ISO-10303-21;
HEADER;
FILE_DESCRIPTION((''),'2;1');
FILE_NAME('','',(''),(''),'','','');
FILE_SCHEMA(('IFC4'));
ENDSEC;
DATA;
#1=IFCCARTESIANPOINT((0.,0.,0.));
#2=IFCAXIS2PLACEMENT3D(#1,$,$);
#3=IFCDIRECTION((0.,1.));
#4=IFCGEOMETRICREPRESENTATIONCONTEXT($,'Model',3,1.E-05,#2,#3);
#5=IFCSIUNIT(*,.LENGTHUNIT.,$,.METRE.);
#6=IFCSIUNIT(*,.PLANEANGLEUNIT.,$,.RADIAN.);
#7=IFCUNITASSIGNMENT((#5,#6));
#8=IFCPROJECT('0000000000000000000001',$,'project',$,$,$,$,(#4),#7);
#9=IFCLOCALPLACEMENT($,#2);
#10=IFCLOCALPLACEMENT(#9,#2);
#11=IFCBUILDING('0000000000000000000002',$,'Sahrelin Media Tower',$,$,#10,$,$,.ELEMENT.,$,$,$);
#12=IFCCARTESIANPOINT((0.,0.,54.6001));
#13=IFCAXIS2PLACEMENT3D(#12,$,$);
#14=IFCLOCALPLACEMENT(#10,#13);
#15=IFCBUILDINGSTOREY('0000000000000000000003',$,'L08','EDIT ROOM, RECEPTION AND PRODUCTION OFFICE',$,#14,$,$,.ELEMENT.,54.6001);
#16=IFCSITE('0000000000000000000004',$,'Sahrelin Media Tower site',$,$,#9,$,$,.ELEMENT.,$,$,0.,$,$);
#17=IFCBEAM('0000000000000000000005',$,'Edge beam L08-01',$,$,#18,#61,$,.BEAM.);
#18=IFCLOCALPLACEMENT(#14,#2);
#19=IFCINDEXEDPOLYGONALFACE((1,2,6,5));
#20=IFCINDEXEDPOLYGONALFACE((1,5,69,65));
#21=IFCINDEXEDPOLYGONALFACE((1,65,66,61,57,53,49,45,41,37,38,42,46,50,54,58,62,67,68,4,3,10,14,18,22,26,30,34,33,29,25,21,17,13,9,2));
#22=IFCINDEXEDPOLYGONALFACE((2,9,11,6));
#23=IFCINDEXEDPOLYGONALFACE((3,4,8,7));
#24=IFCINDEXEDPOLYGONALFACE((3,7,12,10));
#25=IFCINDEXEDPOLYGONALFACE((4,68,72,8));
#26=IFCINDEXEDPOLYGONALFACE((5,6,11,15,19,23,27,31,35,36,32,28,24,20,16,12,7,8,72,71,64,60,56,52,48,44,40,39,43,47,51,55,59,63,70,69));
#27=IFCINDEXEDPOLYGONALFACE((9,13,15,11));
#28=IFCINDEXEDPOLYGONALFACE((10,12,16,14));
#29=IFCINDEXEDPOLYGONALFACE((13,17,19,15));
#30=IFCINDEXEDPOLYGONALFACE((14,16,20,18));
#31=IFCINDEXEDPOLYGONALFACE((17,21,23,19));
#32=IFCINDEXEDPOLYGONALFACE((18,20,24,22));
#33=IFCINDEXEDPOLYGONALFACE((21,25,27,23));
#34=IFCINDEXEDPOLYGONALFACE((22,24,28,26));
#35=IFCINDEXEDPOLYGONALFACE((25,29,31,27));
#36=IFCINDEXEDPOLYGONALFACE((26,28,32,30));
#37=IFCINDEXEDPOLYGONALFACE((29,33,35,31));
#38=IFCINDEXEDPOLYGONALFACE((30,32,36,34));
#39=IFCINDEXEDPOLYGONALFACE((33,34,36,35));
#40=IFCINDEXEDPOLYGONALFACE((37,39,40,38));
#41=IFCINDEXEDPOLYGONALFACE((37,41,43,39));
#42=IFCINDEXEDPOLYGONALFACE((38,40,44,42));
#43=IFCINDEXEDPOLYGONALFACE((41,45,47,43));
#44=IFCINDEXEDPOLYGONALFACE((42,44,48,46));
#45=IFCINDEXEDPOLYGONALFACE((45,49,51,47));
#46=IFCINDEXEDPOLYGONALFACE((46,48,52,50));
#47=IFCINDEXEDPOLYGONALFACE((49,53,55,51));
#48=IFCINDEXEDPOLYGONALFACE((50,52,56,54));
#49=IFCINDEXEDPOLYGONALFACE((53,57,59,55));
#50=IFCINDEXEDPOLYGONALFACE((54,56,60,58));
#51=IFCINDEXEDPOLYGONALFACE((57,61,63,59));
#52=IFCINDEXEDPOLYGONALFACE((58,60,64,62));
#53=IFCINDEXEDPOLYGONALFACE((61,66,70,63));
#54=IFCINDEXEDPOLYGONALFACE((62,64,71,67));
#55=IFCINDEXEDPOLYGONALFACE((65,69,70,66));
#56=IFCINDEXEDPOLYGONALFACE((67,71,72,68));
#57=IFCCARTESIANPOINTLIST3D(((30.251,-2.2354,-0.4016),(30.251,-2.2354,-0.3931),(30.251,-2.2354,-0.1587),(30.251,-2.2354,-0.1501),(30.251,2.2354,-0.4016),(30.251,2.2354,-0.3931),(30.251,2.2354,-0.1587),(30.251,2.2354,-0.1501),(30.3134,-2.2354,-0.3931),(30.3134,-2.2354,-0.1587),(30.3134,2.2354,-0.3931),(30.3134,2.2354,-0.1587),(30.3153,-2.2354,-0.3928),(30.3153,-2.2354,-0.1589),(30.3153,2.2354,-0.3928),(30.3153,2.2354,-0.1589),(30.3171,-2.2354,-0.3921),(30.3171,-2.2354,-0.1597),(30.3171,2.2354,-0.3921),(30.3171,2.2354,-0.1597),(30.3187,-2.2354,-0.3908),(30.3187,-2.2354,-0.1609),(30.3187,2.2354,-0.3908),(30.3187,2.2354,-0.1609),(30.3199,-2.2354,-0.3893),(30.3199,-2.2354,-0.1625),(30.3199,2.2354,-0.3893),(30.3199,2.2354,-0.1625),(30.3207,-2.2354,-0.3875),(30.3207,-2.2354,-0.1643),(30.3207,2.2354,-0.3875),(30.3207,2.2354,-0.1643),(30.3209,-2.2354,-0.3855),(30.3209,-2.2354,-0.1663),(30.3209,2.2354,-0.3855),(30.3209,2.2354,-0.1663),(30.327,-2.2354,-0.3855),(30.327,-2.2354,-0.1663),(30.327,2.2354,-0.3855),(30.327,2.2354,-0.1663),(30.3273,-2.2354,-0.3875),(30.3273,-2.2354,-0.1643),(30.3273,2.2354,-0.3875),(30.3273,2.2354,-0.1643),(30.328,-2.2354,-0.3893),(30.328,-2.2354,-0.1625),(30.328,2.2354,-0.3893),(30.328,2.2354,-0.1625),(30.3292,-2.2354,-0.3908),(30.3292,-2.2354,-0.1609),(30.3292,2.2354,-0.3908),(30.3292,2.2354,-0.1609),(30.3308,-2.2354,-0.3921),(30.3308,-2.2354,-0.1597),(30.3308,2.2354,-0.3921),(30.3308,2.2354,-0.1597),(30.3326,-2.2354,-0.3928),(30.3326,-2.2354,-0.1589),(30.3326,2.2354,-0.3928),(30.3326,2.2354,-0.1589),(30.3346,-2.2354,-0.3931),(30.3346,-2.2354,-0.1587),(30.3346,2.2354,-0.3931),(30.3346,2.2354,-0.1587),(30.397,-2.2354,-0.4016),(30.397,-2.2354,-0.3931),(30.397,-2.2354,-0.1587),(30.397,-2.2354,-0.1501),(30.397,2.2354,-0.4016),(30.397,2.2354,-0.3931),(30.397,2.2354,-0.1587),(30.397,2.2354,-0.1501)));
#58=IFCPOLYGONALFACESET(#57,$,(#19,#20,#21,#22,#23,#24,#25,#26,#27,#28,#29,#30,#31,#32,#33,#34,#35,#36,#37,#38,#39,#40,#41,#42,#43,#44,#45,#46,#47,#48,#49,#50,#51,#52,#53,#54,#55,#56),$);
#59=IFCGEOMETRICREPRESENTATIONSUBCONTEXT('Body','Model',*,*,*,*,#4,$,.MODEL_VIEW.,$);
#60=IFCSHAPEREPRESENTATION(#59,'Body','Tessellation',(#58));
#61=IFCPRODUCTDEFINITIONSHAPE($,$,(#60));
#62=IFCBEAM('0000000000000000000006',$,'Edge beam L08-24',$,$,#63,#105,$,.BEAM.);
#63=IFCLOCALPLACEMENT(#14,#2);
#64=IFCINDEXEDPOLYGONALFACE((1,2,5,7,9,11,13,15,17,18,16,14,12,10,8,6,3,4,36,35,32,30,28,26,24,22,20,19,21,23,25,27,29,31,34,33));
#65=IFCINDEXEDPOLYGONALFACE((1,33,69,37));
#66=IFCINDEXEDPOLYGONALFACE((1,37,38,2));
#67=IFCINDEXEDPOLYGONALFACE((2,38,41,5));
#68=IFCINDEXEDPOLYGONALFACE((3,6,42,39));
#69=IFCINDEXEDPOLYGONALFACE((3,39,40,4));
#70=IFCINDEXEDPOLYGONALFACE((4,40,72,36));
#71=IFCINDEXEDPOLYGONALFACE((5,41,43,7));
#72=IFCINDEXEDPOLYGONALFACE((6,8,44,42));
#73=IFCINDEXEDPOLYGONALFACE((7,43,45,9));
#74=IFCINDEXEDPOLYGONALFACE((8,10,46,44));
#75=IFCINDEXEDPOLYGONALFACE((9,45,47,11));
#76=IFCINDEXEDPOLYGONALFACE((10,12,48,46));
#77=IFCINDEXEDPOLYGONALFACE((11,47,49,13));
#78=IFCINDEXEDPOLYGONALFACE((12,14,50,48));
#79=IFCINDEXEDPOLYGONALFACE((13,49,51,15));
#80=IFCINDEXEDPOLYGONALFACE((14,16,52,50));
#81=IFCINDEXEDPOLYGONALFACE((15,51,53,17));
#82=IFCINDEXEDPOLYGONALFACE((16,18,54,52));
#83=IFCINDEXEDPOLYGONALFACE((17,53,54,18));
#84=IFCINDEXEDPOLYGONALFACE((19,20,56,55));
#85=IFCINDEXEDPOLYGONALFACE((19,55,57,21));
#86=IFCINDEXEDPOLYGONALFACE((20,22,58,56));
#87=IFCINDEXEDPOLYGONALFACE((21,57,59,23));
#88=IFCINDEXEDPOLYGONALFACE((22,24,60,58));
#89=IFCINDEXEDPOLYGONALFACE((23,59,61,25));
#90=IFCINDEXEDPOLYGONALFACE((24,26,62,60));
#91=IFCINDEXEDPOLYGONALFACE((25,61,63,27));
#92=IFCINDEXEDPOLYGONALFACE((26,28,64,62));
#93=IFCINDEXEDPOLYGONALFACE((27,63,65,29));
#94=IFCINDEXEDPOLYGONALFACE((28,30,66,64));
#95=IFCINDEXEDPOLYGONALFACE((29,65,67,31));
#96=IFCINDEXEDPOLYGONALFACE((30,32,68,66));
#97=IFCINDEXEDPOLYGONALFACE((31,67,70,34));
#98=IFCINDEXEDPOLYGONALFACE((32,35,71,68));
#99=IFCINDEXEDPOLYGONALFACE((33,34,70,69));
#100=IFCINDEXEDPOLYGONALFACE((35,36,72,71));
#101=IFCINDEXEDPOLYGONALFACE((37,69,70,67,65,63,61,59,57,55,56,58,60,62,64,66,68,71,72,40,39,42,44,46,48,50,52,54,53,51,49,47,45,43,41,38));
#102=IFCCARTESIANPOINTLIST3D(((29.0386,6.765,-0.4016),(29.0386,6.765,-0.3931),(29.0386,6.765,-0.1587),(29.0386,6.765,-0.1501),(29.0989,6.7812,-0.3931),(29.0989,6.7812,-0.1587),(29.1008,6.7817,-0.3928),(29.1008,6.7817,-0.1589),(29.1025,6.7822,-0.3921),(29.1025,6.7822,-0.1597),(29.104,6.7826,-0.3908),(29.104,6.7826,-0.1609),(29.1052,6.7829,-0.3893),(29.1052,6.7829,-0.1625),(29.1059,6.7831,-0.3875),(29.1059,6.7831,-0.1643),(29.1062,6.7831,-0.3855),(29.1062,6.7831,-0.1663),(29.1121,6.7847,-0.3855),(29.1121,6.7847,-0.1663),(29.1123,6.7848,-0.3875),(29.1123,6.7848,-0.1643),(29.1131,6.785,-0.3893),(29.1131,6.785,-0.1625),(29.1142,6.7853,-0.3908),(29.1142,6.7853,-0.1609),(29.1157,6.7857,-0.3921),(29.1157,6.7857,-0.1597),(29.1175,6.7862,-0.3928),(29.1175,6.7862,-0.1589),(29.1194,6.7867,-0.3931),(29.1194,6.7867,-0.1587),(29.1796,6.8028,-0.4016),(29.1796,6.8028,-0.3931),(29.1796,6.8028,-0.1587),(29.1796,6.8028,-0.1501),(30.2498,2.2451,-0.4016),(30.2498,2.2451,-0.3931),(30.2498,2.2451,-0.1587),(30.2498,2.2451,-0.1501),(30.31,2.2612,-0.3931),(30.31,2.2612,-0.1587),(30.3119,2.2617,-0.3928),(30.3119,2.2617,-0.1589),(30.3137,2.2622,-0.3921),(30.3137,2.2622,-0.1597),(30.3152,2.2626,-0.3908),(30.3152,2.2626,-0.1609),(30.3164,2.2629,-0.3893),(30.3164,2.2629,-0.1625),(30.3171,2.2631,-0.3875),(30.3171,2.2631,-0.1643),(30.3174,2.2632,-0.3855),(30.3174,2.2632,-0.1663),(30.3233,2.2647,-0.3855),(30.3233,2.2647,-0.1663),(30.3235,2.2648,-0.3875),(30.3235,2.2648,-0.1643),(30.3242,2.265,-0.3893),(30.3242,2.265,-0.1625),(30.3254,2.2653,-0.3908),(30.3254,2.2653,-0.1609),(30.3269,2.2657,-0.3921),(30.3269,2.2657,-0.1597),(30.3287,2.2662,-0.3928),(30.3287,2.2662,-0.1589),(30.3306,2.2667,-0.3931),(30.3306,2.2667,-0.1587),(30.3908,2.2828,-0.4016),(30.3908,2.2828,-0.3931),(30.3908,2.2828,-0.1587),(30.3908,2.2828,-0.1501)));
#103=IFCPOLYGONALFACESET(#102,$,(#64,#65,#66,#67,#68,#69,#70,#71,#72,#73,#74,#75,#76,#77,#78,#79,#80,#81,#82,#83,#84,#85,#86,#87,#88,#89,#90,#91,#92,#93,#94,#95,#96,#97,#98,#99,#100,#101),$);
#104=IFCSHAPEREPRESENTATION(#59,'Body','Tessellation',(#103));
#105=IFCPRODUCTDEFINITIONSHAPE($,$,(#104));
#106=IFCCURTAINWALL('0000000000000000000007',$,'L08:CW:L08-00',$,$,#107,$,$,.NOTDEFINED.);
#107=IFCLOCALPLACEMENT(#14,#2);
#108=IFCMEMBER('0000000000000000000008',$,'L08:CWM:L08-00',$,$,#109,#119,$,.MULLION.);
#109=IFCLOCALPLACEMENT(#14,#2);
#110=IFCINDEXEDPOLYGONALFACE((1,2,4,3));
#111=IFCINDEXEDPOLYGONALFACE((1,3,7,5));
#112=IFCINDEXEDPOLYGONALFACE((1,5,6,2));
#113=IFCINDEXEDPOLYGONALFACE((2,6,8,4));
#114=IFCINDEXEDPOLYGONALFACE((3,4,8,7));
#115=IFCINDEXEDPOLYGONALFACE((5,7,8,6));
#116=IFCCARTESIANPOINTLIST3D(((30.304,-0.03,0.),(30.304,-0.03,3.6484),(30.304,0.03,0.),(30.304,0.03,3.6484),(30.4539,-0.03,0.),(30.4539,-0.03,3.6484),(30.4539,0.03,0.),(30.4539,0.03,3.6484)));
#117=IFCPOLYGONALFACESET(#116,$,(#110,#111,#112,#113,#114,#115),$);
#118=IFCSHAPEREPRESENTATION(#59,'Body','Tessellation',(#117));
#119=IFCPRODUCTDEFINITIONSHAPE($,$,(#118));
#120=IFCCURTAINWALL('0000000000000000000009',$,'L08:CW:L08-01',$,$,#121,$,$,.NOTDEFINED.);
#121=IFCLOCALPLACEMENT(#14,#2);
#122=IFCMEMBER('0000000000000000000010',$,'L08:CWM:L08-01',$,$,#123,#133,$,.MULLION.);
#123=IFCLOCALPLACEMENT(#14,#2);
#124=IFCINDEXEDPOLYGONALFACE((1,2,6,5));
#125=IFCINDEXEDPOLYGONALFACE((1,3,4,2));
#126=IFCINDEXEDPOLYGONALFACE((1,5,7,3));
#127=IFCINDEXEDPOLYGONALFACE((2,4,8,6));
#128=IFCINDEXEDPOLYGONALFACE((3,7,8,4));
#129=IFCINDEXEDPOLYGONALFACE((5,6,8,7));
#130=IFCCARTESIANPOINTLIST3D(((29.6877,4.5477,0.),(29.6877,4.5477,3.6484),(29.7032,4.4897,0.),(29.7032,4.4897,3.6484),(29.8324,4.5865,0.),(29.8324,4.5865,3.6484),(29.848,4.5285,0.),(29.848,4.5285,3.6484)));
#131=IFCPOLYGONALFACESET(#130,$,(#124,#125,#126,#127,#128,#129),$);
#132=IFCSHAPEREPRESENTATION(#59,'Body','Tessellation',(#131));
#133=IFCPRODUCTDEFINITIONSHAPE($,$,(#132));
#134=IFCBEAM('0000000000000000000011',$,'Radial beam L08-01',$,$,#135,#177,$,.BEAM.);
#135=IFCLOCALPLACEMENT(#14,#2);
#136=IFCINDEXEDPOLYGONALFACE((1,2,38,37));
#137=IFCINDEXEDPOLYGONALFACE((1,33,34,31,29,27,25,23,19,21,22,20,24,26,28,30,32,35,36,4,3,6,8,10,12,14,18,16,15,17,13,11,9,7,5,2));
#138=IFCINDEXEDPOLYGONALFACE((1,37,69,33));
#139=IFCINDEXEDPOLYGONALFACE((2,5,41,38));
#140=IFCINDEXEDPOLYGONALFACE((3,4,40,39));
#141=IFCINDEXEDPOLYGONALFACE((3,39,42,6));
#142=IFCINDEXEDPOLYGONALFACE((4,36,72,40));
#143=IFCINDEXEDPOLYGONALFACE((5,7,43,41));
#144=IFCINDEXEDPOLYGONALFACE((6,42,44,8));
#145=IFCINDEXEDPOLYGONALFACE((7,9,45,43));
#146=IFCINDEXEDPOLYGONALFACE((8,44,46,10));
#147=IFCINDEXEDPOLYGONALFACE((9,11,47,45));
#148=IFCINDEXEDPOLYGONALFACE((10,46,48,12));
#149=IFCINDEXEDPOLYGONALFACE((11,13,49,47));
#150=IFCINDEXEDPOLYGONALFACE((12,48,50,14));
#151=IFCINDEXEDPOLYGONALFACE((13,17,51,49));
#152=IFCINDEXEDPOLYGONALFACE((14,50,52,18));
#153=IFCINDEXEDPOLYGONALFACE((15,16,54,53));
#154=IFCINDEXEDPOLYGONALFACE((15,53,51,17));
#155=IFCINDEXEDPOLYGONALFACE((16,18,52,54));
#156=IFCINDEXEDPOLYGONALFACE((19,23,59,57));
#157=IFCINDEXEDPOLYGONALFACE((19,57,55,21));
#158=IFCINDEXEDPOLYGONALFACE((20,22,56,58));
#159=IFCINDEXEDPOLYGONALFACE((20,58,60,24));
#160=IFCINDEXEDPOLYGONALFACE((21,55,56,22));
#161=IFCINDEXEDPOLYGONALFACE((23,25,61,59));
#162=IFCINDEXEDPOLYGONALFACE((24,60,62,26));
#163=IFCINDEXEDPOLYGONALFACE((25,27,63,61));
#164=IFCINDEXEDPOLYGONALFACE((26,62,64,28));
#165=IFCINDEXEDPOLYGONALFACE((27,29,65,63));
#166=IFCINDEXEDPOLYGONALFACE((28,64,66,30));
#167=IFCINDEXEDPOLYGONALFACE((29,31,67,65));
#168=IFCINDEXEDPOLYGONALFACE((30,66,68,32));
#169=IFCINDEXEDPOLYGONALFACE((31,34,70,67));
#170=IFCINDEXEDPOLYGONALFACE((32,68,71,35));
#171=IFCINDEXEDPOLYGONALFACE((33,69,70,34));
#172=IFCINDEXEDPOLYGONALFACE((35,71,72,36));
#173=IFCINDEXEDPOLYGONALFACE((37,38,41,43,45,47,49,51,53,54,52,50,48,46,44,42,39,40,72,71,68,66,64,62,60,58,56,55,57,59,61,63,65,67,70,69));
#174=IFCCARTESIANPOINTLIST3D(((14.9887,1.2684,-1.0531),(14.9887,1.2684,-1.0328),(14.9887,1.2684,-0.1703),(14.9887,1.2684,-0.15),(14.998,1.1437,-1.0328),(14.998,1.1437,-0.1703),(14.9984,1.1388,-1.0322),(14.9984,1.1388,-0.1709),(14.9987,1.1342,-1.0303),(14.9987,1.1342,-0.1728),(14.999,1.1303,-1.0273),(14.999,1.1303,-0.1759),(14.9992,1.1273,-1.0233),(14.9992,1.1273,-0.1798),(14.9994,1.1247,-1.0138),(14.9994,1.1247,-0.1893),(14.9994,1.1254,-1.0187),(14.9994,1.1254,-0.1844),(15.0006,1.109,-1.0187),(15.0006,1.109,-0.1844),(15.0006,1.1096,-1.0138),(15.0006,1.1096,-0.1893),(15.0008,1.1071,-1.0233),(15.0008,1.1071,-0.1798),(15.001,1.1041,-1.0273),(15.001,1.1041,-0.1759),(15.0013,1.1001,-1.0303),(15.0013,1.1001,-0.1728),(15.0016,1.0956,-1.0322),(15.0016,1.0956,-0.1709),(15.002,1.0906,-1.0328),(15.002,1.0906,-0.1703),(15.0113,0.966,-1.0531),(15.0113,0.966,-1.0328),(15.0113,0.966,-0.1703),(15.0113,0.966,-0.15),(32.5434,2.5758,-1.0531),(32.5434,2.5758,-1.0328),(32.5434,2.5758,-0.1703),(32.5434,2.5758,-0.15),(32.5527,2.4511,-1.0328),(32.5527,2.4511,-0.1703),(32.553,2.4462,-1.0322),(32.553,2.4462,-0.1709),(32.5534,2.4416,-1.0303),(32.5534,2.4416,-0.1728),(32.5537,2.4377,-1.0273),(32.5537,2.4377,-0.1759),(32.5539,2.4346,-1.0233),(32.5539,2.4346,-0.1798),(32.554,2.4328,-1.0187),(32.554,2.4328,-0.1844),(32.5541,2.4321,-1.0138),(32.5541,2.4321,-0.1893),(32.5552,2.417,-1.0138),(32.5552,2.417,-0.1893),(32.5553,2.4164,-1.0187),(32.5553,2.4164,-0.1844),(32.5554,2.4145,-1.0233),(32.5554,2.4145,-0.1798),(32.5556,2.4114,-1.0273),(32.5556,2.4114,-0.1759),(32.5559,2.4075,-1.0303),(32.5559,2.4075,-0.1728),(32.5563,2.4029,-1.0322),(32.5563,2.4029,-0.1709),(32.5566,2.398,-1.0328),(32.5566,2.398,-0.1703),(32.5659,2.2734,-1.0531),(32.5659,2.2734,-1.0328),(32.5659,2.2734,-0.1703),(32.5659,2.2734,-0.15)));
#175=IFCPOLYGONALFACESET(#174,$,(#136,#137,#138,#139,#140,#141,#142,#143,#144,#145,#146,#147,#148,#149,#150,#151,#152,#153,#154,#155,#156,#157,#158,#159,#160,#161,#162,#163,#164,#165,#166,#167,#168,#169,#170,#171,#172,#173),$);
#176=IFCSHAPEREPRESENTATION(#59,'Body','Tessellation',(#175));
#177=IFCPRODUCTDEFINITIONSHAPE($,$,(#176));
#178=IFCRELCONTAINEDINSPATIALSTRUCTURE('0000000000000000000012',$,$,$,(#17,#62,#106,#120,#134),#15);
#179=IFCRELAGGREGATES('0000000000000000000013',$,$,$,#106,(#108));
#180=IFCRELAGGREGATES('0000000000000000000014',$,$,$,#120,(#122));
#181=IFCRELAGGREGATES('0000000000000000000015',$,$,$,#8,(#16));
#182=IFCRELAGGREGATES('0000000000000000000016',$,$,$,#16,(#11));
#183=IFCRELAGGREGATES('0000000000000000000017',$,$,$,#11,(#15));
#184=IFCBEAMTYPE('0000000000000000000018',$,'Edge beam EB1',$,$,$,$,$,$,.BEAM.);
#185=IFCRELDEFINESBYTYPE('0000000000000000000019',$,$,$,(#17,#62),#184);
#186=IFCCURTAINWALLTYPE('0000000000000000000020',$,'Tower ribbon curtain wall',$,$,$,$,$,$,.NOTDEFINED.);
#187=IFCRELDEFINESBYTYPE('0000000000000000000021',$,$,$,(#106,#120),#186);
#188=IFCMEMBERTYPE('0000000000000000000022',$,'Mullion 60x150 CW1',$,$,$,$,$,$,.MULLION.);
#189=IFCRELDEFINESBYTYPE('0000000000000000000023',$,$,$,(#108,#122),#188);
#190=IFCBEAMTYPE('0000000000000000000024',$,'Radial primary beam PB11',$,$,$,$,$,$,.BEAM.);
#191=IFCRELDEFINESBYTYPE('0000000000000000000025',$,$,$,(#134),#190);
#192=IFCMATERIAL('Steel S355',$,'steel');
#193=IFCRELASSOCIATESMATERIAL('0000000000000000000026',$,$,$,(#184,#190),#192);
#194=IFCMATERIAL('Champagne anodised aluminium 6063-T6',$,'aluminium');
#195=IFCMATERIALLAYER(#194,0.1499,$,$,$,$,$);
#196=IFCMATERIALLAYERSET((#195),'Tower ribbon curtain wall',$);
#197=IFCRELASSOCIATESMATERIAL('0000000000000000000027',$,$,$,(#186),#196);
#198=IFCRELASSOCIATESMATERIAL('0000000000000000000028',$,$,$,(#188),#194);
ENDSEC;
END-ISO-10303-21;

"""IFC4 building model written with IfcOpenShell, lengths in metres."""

from ifc_helpers import new_model, si_unit, direction, frame, origin, origin_2d, place, context, subcontext, project, spatial, rectangle, i_section, extrude, material, layer, layer_set, material_profile, profile_set, type_object, element, aggregate, save


model = new_model("IFC4")

# Units and contexts
model_context = context("Model", 3, precision=1e-05, world=origin(), true_north=direction((0.0, 1.0)))
body_context = subcontext(model_context, "Body", "Model", "MODEL_VIEW")
ifc_project = project(units=[si_unit("LENGTHUNIT", "METRE"), si_unit("PLANEANGLEUNIT", "RADIAN")], contexts=[model_context])

# Site, building, storey
site_placement = place(None, origin())
site = spatial("IfcSite", under=ifc_project, at=site_placement, Name="Sahrelin Media Tower site", CompositionType="ELEMENT", RefElevation=0.0)
building_placement = place(site_placement, origin())
building = spatial("IfcBuilding", under=site, at=building_placement, Name="Sahrelin Media Tower", CompositionType="ELEMENT")
storey_placement = place(building_placement, frame((0.0, 0.0, 54.6001)))
storey = spatial("IfcBuildingStorey", under=building, at=storey_placement, Name="L08", Description="EDIT ROOM, RECEPTION AND PRODUCTION OFFICE", CompositionType="ELEMENT", Elevation=54.6001)

# Beams
ifc_material_1 = material(Name="Steel S355", Category="steel")
ifc_material_profile_1 = material_profile(ifc_material_1, i_section(OverallWidth=0.146, OverallDepth=0.2515, WebThickness=0.0061, FlangeThickness=0.0085, FilletRadius=0.0076, at=origin_2d()), Name="UB 254x146x31")
ifc_profile_set_1 = profile_set([ifc_material_profile_1], Name="Steel S355")
beam_type_1 = type_object("IfcBeamType", Name="Edge beam EB1", PredefinedType="BEAM", material=ifc_profile_set_1)
beam_1_placement = place(storey_placement, frame((30.324, 2.2354, -0.2759), z_axis=(0.0, -1.0, 0.0), x_axis=(1.0, 0.0, 0.0)))
element("IfcBeam", 1, at=beam_1_placement, inside=storey, type_object=beam_type_1, Name="Edge beam L08-01", PredefinedType="BEAM", context=body_context, shape_type="SweptSolid", body=[
    extrude(i_section(OverallWidth=0.146, OverallDepth=0.2515, WebThickness=0.0061, FlangeThickness=0.0085, FilletRadius=0.0076, at=origin_2d()), origin(), (0.0, 0.0, 1.0), 4.4707),
])
beam_2_placement = place(storey_placement, frame((29.1091, 6.7839, -0.2759), z_axis=(0.258828, -0.965923, 0.0), x_axis=(0.965923, 0.258828, 0.0)))
element("IfcBeam", 2, at=beam_2_placement, inside=storey, type_object=beam_type_1, Name="Edge beam L08-24", PredefinedType="BEAM", context=body_context, shape_type="SweptSolid", body=[
    extrude(i_section(OverallWidth=0.146, OverallDepth=0.2515, WebThickness=0.0061, FlangeThickness=0.0085, FilletRadius=0.0076, at=origin_2d()), origin(), (0.0, 0.0, 1.0), 4.6794),
])

# Curtain walls, members
ifc_material_2 = material(Name="Champagne anodised aluminium 6063-T6", Category="aluminium")
ifc_layer_1 = layer(ifc_material_2, 0.1499)
ifc_layer_set_1 = layer_set([ifc_layer_1], Name="Tower ribbon curtain wall")
curtain_wall_type = type_object("IfcCurtainWallType", Name="Tower ribbon curtain wall", PredefinedType="NOTDEFINED", material=ifc_layer_set_1)
curtain_wall_1_placement = place(storey_placement, frame((30.4741, 0.0, 0.0), z_axis=(0.0, 0.0, 1.0), x_axis=(1.0, 0.0, 0.0)))
curtain_wall_1 = element("IfcCurtainWall", 3, at=curtain_wall_1_placement, inside=storey, type_object=curtain_wall_type, Name="L08:CW:L08-00", PredefinedType="NOTDEFINED")
ifc_material_profile_2 = material_profile(ifc_material_2, rectangle(XDim=0.0601, YDim=0.1499, at=origin_2d()), Name="Mullion 60x150")
ifc_profile_set_2 = profile_set([ifc_material_profile_2], Name="Champagne anodised aluminium 6063-T6")
member_type_1 = type_object("IfcMemberType", Name="Mullion 60x150 CW1", PredefinedType="MULLION", material=ifc_profile_set_2)
member_1_placement = place(storey_placement, frame((30.3789, 0.0, 0.0), z_axis=(0.0, 0.0, 1.0), x_axis=(0.0, 1.0, 0.0)))
member_1 = element("IfcMember", 4, at=member_1_placement, type_object=member_type_1, Name="L08:CWM:L08-00", PredefinedType="MULLION", context=body_context, shape_type="SweptSolid", body=[
    extrude(rectangle(XDim=0.0601, YDim=0.1499, at=origin_2d()), origin(), (0.0, 0.0, 1.0), 3.6484),
])
aggregate(curtain_wall_1, [member_1])
curtain_wall_2_placement = place(storey_placement, frame((29.8596, 4.5627, 0.0), z_axis=(0.0, 0.0, 1.0), x_axis=(1.0, 0.0, 0.0)))
curtain_wall_2 = element("IfcCurtainWall", 5, at=curtain_wall_2_placement, inside=storey, type_object=curtain_wall_type, Name="L08:CW:L08-01", PredefinedType="NOTDEFINED")
member_2_placement = place(storey_placement, frame((29.7678, 4.5381, 0.0), z_axis=(0.0, 0.0, 1.0), x_axis=(-0.258826, 0.965924, 0.0)))
member_2 = element("IfcMember", 6, at=member_2_placement, type_object=member_type_1, Name="L08:CWM:L08-01", PredefinedType="MULLION", context=body_context, shape_type="SweptSolid", body=[
    extrude(rectangle(XDim=0.0601, YDim=0.1499, at=origin_2d()), origin(), (0.0, 0.0, 1.0), 3.6484),
])

# Beam
ifc_material_profile_3 = material_profile(ifc_material_1, i_section(OverallWidth=0.3032, OverallDepth=0.9031, WebThickness=0.0151, FlangeThickness=0.0203, FilletRadius=0.019, at=origin_2d()), Name="UB 914x305x201")
ifc_profile_set_3 = profile_set([ifc_material_profile_3], Name="Steel S355")
beam_type_2 = type_object("IfcBeamType", Name="Radial primary beam PB11", PredefinedType="BEAM", material=ifc_profile_set_3)
beam_3_placement = place(storey_placement, frame((15.0, 1.1172, -0.6016), z_axis=(0.997238, 0.074269, 0.0), x_axis=(-0.074269, 0.997238, 0.0)))
element("IfcBeam", 7, at=beam_3_placement, inside=storey, type_object=beam_type_2, Name="Radial beam L08-01", PredefinedType="BEAM", context=body_context, shape_type="SweptSolid", body=[
    extrude(i_section(OverallWidth=0.3032, OverallDepth=0.9031, WebThickness=0.0151, FlangeThickness=0.0203, FilletRadius=0.019, at=origin_2d()), origin(), (0.0, 0.0, 1.0), 17.6033),
])

aggregate(curtain_wall_2, [member_2])

save(model, "model.ifc")
